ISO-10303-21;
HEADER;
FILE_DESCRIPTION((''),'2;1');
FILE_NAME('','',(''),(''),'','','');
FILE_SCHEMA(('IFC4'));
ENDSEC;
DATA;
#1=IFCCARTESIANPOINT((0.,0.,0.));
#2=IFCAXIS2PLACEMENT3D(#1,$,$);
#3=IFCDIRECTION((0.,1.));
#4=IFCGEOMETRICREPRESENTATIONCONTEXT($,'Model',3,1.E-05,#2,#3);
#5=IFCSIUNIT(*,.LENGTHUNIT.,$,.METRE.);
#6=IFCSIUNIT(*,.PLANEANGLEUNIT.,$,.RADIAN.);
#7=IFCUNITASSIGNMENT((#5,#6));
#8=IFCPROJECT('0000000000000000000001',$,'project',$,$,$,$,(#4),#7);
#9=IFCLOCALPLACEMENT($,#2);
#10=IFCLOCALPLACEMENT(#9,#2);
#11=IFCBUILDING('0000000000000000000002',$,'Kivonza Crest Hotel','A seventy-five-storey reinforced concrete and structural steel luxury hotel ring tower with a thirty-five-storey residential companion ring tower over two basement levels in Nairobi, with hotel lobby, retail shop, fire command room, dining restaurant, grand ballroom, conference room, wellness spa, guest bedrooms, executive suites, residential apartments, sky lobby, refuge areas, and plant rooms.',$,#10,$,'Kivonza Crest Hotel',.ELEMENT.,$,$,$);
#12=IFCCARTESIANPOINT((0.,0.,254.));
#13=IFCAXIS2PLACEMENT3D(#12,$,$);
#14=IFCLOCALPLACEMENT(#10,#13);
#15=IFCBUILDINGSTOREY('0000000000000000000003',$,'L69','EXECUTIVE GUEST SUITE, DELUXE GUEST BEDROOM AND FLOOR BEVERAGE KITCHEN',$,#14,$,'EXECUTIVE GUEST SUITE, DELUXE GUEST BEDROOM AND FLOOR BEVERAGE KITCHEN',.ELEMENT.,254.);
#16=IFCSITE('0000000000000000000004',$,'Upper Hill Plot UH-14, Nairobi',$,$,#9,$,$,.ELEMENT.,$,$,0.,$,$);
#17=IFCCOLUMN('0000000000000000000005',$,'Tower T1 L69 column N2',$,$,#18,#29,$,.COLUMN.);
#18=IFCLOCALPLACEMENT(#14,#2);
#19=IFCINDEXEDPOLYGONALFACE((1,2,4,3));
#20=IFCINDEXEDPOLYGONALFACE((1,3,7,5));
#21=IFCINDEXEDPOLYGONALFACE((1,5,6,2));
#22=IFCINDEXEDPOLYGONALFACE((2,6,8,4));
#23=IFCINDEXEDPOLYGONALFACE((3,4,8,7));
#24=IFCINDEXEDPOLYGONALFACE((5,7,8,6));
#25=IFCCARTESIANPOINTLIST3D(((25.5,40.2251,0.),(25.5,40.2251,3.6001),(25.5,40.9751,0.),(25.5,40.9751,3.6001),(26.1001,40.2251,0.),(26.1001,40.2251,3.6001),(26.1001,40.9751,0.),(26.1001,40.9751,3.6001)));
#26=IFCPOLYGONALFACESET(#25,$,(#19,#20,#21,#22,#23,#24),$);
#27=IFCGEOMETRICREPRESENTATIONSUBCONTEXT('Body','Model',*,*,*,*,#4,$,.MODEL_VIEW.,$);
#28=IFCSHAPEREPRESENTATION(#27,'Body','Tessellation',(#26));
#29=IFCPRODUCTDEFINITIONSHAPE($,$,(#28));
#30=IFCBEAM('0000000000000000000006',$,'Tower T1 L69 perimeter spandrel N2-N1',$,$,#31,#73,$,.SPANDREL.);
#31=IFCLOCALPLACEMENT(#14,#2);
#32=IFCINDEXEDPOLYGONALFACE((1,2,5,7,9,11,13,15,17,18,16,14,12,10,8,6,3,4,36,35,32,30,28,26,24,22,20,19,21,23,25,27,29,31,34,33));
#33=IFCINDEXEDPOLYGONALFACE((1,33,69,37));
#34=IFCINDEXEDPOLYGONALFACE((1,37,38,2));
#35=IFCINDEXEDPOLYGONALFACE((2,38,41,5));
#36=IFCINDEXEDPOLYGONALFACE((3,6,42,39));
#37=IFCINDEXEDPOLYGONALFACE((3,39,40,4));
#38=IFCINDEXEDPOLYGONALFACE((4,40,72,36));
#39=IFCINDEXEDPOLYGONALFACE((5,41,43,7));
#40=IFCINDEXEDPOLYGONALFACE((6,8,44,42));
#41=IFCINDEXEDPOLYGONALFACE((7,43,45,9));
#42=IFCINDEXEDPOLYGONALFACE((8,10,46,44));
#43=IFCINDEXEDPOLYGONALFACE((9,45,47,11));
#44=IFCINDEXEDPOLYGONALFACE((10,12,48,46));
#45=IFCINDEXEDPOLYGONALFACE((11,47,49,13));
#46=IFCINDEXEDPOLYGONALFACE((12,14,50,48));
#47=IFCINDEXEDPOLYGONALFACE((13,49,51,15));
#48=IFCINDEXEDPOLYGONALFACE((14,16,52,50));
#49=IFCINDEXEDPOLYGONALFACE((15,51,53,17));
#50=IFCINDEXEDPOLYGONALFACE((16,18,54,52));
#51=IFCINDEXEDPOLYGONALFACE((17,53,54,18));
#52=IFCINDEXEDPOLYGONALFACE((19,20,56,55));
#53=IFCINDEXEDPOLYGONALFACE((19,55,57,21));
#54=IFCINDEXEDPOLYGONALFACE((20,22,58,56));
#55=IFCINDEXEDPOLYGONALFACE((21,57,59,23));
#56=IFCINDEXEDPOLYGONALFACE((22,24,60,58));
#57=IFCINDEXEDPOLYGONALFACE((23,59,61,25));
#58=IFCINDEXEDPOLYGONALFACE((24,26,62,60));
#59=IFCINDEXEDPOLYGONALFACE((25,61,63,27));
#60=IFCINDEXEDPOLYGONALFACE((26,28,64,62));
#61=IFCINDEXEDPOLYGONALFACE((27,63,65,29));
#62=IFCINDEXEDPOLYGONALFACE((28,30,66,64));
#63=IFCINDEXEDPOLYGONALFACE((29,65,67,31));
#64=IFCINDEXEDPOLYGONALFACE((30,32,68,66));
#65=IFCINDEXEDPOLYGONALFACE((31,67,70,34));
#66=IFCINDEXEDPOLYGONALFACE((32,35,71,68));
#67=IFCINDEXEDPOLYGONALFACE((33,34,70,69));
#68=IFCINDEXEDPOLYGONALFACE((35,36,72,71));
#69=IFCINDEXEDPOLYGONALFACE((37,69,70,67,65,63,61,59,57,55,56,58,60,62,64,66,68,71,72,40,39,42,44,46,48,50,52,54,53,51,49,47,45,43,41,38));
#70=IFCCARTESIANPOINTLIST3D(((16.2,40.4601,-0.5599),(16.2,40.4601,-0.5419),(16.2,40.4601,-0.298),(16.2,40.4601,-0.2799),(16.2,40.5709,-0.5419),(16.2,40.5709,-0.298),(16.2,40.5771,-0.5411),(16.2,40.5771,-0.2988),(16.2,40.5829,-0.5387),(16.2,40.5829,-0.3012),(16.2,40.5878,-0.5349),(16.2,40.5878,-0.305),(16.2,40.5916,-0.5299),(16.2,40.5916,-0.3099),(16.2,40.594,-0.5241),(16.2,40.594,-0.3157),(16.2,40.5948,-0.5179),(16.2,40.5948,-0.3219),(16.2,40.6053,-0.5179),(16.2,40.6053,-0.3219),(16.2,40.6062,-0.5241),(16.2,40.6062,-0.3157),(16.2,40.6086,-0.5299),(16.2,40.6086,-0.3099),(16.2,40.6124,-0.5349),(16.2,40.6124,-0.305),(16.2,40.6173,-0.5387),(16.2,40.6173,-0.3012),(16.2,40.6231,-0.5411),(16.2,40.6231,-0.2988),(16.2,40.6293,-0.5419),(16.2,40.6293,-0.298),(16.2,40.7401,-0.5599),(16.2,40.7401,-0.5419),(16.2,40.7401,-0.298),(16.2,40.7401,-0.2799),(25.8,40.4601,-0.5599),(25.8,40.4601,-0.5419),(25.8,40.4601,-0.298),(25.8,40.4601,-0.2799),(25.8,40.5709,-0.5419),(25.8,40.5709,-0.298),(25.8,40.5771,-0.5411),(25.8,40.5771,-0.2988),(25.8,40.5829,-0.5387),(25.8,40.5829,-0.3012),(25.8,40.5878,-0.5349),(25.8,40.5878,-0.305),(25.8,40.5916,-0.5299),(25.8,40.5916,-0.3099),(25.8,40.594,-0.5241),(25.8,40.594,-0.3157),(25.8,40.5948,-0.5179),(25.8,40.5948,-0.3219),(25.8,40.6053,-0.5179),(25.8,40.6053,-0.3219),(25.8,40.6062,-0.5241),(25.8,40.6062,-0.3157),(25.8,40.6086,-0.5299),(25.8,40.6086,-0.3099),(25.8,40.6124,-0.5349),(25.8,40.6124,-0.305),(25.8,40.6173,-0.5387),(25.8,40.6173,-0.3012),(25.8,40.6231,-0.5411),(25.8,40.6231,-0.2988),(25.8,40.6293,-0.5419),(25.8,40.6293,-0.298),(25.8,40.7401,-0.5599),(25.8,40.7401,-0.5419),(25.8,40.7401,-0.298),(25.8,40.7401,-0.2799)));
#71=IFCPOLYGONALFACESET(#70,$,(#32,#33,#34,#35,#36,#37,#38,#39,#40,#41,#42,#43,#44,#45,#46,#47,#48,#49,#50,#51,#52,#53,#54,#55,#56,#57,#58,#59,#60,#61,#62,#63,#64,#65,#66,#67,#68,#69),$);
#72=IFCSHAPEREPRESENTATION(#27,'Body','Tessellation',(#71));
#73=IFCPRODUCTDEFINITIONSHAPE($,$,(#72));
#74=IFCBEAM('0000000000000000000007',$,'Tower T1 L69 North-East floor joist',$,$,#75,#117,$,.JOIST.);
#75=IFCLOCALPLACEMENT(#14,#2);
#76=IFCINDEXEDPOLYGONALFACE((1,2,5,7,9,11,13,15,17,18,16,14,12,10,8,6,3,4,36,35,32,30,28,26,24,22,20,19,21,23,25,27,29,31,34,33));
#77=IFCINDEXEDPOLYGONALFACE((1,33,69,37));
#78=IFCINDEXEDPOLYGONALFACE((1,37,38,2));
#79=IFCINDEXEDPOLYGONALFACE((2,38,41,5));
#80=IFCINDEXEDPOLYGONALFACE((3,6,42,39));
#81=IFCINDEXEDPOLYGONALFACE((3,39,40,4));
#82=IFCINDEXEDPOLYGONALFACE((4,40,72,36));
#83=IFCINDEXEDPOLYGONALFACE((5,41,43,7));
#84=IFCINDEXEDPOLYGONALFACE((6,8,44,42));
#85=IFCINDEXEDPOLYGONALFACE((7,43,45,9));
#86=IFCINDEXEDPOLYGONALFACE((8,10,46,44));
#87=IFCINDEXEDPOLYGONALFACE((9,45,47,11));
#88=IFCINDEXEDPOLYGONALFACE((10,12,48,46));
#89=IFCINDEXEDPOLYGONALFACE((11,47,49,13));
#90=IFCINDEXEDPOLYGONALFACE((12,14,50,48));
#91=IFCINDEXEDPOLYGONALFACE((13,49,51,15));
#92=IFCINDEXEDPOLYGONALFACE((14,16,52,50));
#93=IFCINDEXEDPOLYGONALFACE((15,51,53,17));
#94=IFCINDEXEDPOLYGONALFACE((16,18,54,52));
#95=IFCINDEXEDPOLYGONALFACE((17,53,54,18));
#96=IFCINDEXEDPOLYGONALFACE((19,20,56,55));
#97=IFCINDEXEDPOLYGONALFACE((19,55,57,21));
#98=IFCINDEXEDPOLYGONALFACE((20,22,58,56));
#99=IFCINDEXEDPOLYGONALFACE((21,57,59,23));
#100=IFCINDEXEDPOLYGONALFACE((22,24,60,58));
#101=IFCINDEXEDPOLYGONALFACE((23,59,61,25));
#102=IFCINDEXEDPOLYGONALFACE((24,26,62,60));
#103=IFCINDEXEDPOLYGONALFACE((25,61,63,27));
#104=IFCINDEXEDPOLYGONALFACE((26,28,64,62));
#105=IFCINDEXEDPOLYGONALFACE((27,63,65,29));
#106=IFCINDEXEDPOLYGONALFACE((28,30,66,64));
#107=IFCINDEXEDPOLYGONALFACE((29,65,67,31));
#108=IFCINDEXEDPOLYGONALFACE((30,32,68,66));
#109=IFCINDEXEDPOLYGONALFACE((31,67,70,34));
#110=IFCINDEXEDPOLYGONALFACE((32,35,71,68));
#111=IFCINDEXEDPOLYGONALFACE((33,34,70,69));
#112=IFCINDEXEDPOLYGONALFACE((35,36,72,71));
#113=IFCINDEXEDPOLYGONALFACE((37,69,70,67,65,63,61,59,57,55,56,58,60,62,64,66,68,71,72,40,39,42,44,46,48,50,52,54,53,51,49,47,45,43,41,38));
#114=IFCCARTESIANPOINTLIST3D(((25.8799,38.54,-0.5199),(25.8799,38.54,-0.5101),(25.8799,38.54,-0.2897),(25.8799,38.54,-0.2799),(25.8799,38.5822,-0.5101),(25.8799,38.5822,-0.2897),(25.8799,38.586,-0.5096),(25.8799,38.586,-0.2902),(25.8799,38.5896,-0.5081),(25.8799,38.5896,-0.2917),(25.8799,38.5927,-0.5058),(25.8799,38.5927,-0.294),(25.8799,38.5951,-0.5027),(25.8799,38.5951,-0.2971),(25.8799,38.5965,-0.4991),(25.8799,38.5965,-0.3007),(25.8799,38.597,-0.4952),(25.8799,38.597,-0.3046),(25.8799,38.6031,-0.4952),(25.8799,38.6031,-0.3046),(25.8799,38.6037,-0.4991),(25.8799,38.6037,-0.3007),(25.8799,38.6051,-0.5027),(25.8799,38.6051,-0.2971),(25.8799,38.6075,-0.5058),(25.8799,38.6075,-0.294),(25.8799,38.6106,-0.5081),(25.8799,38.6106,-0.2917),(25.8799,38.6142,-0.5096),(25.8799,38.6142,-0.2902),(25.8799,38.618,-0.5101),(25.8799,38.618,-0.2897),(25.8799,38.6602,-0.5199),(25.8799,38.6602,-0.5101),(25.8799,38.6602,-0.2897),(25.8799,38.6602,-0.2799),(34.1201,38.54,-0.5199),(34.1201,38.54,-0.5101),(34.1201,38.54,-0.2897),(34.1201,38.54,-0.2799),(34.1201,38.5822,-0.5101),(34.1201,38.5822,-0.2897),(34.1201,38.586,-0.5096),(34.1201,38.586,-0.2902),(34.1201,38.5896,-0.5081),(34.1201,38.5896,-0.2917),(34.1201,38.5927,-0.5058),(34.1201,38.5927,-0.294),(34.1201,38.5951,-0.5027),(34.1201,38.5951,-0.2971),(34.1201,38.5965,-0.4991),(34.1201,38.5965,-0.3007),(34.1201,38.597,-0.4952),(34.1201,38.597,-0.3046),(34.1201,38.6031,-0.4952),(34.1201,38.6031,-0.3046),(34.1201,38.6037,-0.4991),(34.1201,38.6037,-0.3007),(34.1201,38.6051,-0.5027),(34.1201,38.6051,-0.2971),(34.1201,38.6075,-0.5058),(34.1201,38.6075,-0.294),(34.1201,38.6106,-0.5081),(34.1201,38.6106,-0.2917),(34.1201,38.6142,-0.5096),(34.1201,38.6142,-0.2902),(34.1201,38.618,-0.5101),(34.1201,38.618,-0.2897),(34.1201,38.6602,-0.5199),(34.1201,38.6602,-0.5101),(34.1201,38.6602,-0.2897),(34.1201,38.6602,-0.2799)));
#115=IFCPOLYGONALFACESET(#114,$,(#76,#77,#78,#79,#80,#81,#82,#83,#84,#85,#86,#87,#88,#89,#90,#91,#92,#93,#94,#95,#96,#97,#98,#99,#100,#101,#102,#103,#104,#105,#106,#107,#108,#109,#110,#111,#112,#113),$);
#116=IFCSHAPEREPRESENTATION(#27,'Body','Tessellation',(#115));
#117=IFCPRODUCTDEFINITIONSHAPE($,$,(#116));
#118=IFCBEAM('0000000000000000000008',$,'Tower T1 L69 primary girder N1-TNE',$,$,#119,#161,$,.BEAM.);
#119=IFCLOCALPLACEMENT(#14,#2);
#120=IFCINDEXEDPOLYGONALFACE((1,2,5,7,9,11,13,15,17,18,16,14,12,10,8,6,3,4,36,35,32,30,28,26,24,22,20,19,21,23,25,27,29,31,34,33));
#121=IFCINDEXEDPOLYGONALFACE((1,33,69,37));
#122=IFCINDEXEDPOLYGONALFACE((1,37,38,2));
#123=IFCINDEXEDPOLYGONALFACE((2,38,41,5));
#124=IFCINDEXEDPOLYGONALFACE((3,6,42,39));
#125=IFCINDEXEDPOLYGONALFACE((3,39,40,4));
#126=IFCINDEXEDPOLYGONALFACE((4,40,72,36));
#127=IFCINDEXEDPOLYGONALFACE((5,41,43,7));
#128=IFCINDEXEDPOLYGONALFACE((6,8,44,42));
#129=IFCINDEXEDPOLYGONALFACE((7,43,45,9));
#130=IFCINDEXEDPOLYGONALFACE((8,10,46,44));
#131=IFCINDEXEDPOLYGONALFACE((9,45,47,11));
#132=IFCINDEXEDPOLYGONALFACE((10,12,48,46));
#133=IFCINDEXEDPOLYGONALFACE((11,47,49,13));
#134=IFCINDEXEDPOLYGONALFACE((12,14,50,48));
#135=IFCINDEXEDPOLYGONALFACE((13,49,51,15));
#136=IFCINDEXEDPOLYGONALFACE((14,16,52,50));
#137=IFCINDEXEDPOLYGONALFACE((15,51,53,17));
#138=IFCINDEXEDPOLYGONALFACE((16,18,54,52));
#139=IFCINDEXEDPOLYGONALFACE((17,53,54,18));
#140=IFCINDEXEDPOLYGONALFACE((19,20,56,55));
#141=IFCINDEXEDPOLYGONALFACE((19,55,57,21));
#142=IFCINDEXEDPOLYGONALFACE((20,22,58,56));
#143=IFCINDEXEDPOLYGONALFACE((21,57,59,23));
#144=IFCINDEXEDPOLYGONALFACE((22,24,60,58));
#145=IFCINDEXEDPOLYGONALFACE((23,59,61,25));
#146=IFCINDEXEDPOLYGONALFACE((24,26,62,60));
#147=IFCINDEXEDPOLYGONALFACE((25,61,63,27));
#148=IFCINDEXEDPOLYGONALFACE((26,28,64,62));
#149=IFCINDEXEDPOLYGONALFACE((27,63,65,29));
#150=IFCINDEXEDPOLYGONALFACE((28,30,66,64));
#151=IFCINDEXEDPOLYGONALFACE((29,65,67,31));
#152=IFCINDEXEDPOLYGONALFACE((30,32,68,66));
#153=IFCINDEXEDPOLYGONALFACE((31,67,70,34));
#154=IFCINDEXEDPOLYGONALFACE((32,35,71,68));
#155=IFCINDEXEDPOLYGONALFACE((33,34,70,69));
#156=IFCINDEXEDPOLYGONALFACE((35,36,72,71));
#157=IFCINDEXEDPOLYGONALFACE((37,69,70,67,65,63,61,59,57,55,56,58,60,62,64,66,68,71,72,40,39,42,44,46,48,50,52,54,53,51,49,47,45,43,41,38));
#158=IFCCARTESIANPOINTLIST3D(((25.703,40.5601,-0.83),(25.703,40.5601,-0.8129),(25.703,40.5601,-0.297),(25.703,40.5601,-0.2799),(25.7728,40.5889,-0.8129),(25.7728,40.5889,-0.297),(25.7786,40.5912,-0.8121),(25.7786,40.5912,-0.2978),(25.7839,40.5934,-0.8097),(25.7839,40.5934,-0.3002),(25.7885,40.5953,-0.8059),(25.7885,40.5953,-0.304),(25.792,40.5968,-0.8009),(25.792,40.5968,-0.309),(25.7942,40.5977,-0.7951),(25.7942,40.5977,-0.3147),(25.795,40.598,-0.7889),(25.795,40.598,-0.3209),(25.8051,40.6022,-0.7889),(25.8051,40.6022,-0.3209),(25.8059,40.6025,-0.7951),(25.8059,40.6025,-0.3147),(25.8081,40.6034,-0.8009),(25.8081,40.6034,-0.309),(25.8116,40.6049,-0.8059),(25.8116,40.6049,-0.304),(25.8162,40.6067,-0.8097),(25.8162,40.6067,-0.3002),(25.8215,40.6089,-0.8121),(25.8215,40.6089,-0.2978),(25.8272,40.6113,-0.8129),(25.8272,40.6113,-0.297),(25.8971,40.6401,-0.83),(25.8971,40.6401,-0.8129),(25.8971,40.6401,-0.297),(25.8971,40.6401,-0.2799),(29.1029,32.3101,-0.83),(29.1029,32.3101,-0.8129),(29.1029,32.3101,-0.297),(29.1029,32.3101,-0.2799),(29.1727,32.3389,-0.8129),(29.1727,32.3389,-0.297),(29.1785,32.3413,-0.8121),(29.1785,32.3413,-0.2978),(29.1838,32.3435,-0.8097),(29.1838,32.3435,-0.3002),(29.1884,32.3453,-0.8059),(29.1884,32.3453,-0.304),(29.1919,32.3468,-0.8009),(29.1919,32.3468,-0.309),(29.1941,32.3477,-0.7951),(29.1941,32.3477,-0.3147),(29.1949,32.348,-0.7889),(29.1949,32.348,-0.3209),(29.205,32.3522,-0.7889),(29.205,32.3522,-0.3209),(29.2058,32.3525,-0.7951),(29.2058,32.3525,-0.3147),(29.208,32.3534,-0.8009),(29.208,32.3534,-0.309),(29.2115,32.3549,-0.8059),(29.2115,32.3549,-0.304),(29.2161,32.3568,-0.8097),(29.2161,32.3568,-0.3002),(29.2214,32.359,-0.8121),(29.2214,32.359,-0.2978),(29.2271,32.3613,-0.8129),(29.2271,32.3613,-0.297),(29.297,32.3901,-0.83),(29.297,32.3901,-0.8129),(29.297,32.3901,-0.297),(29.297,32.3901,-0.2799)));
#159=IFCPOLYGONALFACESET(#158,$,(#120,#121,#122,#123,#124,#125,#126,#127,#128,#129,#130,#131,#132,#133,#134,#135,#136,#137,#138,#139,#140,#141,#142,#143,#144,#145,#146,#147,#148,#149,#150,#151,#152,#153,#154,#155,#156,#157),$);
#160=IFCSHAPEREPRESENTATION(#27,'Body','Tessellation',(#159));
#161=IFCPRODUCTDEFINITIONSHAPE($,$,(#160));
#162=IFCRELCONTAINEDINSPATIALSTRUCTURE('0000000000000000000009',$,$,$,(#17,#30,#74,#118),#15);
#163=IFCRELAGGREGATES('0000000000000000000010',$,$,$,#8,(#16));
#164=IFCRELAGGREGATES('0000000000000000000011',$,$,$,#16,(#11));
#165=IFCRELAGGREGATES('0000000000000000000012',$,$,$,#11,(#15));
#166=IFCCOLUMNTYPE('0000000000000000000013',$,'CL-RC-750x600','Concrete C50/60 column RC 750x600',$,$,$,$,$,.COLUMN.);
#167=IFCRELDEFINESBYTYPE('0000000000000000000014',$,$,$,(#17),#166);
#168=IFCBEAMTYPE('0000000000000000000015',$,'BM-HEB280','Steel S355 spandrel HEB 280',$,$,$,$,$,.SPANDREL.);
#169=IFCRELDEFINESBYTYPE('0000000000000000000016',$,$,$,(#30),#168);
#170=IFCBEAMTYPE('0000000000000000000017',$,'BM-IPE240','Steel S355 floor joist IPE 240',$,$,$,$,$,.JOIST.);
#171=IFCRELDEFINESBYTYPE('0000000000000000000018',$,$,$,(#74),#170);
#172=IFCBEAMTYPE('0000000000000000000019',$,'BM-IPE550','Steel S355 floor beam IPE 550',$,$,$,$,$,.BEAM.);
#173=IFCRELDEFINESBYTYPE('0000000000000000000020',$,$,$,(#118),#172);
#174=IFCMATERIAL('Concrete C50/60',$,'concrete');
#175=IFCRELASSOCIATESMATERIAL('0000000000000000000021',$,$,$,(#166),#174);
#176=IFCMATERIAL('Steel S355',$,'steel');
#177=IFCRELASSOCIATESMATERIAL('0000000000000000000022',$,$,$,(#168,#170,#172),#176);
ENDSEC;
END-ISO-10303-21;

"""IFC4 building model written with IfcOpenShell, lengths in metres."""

from ifc_helpers import new_model, si_unit, direction, frame, origin, origin_2d, place, context, subcontext, project, spatial, rectangle, i_section, extrude, material, material_profile, profile_set, type_object, element, save


model = new_model("IFC4")

# Units and contexts
model_context = context("Model", 3, precision=1e-05, world=origin(), true_north=direction((0.0, 1.0)))
body_context = subcontext(model_context, "Body", "Model", "MODEL_VIEW")
ifc_project = project(units=[si_unit("LENGTHUNIT", "METRE"), si_unit("PLANEANGLEUNIT", "RADIAN")], contexts=[model_context])

# Site, building, storey
site_placement = place(None, origin())
site = spatial("IfcSite", under=ifc_project, at=site_placement, Name="Upper Hill Plot UH-14, Nairobi", CompositionType="ELEMENT", RefElevation=0.0)
building_placement = place(site_placement, origin())
building = spatial("IfcBuilding", under=site, at=building_placement, Name="Kivonza Crest Hotel", Description="A seventy-five-storey reinforced concrete and structural steel luxury hotel ring tower with a thirty-five-storey residential companion ring tower over two basement levels in Nairobi, with hotel lobby, retail shop, fire command room, dining restaurant, grand ballroom, conference room, wellness spa, guest bedrooms, executive suites, residential apartments, sky lobby, refuge areas, and plant rooms.", LongName="Kivonza Crest Hotel", CompositionType="ELEMENT")
storey_placement = place(building_placement, frame((0.0, 0.0, 254.0)))
storey = spatial("IfcBuildingStorey", under=building, at=storey_placement, Name="L69", Description="EXECUTIVE GUEST SUITE, DELUXE GUEST BEDROOM AND FLOOR BEVERAGE KITCHEN", LongName="EXECUTIVE GUEST SUITE, DELUXE GUEST BEDROOM AND FLOOR BEVERAGE KITCHEN", CompositionType="ELEMENT", Elevation=254.0)

# Column
ifc_material_1 = material(Name="Concrete C50/60", Category="concrete")
ifc_material_profile_1 = material_profile(ifc_material_1, rectangle(XDim=0.6001, YDim=0.75, at=origin_2d()), Name="RC 750x600")
ifc_profile_set_1 = profile_set([ifc_material_profile_1], Name="Concrete C50/60")
column_type = type_object("IfcColumnType", Name="CL-RC-750x600", Description="Concrete C50/60 column RC 750x600", PredefinedType="COLUMN", material=ifc_profile_set_1)
column_placement = place(storey_placement, frame((25.8, 40.6001, 0.0), z_axis=(0.0, 0.0, 1.0), x_axis=(1.0, 0.0, 0.0)))
element("IfcColumn", 1, at=column_placement, inside=storey, type_object=column_type, Name="Tower T1 L69 column N2", PredefinedType="COLUMN", context=body_context, shape_type="SweptSolid", body=[
    extrude(rectangle(XDim=0.6001, YDim=0.75, at=origin_2d()), origin(), (0.0, 0.0, 1.0), 3.6001),
])

# Beams
ifc_material_2 = material(Name="Steel S355", Category="steel")
ifc_material_profile_2 = material_profile(ifc_material_2, i_section(OverallWidth=0.28, OverallDepth=0.28, WebThickness=0.0105, FlangeThickness=0.0181, FilletRadius=0.0239, at=origin_2d()), Name="HEB 280")
ifc_profile_set_2 = profile_set([ifc_material_profile_2], Name="Steel S355")
beam_type_1 = type_object("IfcBeamType", Name="BM-HEB280", Description="Steel S355 spandrel HEB 280", PredefinedType="SPANDREL", material=ifc_profile_set_2)
beam_1_placement = place(storey_placement, frame((25.8, 40.6001, -0.4199), z_axis=(-1.0, 0.0, 0.0), x_axis=(0.0, -1.0, 0.0)))
element("IfcBeam", 2, at=beam_1_placement, inside=storey, type_object=beam_type_1, Name="Tower T1 L69 perimeter spandrel N2-N1", PredefinedType="SPANDREL", context=body_context, shape_type="SweptSolid", body=[
    extrude(i_section(OverallWidth=0.28, OverallDepth=0.28, WebThickness=0.0105, FlangeThickness=0.0181, FilletRadius=0.0239, at=origin_2d()), origin(), (0.0, 0.0, 1.0), 9.6001),
])
ifc_material_profile_3 = material_profile(ifc_material_2, i_section(OverallWidth=0.1201, OverallDepth=0.24, WebThickness=0.0061, FlangeThickness=0.0098, FilletRadius=0.0149, at=origin_2d()), Name="IPE 240")
ifc_profile_set_3 = profile_set([ifc_material_profile_3], Name="Steel S355")
beam_type_2 = type_object("IfcBeamType", Name="BM-IPE240", Description="Steel S355 floor joist IPE 240", PredefinedType="JOIST", material=ifc_profile_set_3)
beam_2_placement = place(storey_placement, frame((25.8799, 38.6001, -0.3999), z_axis=(1.0, 0.0, 0.0), x_axis=(0.0, 1.0, 0.0)))
element("IfcBeam", 3, at=beam_2_placement, inside=storey, type_object=beam_type_2, Name="Tower T1 L69 North-East floor joist", PredefinedType="JOIST", context=body_context, shape_type="SweptSolid", body=[
    extrude(i_section(OverallWidth=0.1201, OverallDepth=0.24, WebThickness=0.0061, FlangeThickness=0.0098, FilletRadius=0.0149, at=origin_2d()), origin(), (0.0, 0.0, 1.0), 8.2402),
])
ifc_material_profile_4 = material_profile(ifc_material_2, i_section(OverallWidth=0.21, OverallDepth=0.55, WebThickness=0.011, FlangeThickness=0.0171, FilletRadius=0.0239, at=origin_2d()), Name="IPE 550")
ifc_profile_set_4 = profile_set([ifc_material_profile_4], Name="Steel S355")
beam_type_3 = type_object("IfcBeamType", Name="BM-IPE550", Description="Steel S355 floor beam IPE 550", PredefinedType="BEAM", material=ifc_profile_set_4)
beam_3_placement = place(storey_placement, frame((25.8, 40.6001, -0.5549), z_axis=(0.381022, -0.924566, 0.0), x_axis=(0.924566, 0.381022, 0.0)))
element("IfcBeam", 4, at=beam_3_placement, inside=storey, type_object=beam_type_3, Name="Tower T1 L69 primary girder N1-TNE", PredefinedType="BEAM", context=body_context, shape_type="SweptSolid", body=[
    extrude(i_section(OverallWidth=0.21, OverallDepth=0.55, WebThickness=0.011, FlangeThickness=0.0171, FilletRadius=0.0239, at=origin_2d()), origin(), (0.0, 0.0, 1.0), 8.9231),
])

save(model, "model.ifc")
